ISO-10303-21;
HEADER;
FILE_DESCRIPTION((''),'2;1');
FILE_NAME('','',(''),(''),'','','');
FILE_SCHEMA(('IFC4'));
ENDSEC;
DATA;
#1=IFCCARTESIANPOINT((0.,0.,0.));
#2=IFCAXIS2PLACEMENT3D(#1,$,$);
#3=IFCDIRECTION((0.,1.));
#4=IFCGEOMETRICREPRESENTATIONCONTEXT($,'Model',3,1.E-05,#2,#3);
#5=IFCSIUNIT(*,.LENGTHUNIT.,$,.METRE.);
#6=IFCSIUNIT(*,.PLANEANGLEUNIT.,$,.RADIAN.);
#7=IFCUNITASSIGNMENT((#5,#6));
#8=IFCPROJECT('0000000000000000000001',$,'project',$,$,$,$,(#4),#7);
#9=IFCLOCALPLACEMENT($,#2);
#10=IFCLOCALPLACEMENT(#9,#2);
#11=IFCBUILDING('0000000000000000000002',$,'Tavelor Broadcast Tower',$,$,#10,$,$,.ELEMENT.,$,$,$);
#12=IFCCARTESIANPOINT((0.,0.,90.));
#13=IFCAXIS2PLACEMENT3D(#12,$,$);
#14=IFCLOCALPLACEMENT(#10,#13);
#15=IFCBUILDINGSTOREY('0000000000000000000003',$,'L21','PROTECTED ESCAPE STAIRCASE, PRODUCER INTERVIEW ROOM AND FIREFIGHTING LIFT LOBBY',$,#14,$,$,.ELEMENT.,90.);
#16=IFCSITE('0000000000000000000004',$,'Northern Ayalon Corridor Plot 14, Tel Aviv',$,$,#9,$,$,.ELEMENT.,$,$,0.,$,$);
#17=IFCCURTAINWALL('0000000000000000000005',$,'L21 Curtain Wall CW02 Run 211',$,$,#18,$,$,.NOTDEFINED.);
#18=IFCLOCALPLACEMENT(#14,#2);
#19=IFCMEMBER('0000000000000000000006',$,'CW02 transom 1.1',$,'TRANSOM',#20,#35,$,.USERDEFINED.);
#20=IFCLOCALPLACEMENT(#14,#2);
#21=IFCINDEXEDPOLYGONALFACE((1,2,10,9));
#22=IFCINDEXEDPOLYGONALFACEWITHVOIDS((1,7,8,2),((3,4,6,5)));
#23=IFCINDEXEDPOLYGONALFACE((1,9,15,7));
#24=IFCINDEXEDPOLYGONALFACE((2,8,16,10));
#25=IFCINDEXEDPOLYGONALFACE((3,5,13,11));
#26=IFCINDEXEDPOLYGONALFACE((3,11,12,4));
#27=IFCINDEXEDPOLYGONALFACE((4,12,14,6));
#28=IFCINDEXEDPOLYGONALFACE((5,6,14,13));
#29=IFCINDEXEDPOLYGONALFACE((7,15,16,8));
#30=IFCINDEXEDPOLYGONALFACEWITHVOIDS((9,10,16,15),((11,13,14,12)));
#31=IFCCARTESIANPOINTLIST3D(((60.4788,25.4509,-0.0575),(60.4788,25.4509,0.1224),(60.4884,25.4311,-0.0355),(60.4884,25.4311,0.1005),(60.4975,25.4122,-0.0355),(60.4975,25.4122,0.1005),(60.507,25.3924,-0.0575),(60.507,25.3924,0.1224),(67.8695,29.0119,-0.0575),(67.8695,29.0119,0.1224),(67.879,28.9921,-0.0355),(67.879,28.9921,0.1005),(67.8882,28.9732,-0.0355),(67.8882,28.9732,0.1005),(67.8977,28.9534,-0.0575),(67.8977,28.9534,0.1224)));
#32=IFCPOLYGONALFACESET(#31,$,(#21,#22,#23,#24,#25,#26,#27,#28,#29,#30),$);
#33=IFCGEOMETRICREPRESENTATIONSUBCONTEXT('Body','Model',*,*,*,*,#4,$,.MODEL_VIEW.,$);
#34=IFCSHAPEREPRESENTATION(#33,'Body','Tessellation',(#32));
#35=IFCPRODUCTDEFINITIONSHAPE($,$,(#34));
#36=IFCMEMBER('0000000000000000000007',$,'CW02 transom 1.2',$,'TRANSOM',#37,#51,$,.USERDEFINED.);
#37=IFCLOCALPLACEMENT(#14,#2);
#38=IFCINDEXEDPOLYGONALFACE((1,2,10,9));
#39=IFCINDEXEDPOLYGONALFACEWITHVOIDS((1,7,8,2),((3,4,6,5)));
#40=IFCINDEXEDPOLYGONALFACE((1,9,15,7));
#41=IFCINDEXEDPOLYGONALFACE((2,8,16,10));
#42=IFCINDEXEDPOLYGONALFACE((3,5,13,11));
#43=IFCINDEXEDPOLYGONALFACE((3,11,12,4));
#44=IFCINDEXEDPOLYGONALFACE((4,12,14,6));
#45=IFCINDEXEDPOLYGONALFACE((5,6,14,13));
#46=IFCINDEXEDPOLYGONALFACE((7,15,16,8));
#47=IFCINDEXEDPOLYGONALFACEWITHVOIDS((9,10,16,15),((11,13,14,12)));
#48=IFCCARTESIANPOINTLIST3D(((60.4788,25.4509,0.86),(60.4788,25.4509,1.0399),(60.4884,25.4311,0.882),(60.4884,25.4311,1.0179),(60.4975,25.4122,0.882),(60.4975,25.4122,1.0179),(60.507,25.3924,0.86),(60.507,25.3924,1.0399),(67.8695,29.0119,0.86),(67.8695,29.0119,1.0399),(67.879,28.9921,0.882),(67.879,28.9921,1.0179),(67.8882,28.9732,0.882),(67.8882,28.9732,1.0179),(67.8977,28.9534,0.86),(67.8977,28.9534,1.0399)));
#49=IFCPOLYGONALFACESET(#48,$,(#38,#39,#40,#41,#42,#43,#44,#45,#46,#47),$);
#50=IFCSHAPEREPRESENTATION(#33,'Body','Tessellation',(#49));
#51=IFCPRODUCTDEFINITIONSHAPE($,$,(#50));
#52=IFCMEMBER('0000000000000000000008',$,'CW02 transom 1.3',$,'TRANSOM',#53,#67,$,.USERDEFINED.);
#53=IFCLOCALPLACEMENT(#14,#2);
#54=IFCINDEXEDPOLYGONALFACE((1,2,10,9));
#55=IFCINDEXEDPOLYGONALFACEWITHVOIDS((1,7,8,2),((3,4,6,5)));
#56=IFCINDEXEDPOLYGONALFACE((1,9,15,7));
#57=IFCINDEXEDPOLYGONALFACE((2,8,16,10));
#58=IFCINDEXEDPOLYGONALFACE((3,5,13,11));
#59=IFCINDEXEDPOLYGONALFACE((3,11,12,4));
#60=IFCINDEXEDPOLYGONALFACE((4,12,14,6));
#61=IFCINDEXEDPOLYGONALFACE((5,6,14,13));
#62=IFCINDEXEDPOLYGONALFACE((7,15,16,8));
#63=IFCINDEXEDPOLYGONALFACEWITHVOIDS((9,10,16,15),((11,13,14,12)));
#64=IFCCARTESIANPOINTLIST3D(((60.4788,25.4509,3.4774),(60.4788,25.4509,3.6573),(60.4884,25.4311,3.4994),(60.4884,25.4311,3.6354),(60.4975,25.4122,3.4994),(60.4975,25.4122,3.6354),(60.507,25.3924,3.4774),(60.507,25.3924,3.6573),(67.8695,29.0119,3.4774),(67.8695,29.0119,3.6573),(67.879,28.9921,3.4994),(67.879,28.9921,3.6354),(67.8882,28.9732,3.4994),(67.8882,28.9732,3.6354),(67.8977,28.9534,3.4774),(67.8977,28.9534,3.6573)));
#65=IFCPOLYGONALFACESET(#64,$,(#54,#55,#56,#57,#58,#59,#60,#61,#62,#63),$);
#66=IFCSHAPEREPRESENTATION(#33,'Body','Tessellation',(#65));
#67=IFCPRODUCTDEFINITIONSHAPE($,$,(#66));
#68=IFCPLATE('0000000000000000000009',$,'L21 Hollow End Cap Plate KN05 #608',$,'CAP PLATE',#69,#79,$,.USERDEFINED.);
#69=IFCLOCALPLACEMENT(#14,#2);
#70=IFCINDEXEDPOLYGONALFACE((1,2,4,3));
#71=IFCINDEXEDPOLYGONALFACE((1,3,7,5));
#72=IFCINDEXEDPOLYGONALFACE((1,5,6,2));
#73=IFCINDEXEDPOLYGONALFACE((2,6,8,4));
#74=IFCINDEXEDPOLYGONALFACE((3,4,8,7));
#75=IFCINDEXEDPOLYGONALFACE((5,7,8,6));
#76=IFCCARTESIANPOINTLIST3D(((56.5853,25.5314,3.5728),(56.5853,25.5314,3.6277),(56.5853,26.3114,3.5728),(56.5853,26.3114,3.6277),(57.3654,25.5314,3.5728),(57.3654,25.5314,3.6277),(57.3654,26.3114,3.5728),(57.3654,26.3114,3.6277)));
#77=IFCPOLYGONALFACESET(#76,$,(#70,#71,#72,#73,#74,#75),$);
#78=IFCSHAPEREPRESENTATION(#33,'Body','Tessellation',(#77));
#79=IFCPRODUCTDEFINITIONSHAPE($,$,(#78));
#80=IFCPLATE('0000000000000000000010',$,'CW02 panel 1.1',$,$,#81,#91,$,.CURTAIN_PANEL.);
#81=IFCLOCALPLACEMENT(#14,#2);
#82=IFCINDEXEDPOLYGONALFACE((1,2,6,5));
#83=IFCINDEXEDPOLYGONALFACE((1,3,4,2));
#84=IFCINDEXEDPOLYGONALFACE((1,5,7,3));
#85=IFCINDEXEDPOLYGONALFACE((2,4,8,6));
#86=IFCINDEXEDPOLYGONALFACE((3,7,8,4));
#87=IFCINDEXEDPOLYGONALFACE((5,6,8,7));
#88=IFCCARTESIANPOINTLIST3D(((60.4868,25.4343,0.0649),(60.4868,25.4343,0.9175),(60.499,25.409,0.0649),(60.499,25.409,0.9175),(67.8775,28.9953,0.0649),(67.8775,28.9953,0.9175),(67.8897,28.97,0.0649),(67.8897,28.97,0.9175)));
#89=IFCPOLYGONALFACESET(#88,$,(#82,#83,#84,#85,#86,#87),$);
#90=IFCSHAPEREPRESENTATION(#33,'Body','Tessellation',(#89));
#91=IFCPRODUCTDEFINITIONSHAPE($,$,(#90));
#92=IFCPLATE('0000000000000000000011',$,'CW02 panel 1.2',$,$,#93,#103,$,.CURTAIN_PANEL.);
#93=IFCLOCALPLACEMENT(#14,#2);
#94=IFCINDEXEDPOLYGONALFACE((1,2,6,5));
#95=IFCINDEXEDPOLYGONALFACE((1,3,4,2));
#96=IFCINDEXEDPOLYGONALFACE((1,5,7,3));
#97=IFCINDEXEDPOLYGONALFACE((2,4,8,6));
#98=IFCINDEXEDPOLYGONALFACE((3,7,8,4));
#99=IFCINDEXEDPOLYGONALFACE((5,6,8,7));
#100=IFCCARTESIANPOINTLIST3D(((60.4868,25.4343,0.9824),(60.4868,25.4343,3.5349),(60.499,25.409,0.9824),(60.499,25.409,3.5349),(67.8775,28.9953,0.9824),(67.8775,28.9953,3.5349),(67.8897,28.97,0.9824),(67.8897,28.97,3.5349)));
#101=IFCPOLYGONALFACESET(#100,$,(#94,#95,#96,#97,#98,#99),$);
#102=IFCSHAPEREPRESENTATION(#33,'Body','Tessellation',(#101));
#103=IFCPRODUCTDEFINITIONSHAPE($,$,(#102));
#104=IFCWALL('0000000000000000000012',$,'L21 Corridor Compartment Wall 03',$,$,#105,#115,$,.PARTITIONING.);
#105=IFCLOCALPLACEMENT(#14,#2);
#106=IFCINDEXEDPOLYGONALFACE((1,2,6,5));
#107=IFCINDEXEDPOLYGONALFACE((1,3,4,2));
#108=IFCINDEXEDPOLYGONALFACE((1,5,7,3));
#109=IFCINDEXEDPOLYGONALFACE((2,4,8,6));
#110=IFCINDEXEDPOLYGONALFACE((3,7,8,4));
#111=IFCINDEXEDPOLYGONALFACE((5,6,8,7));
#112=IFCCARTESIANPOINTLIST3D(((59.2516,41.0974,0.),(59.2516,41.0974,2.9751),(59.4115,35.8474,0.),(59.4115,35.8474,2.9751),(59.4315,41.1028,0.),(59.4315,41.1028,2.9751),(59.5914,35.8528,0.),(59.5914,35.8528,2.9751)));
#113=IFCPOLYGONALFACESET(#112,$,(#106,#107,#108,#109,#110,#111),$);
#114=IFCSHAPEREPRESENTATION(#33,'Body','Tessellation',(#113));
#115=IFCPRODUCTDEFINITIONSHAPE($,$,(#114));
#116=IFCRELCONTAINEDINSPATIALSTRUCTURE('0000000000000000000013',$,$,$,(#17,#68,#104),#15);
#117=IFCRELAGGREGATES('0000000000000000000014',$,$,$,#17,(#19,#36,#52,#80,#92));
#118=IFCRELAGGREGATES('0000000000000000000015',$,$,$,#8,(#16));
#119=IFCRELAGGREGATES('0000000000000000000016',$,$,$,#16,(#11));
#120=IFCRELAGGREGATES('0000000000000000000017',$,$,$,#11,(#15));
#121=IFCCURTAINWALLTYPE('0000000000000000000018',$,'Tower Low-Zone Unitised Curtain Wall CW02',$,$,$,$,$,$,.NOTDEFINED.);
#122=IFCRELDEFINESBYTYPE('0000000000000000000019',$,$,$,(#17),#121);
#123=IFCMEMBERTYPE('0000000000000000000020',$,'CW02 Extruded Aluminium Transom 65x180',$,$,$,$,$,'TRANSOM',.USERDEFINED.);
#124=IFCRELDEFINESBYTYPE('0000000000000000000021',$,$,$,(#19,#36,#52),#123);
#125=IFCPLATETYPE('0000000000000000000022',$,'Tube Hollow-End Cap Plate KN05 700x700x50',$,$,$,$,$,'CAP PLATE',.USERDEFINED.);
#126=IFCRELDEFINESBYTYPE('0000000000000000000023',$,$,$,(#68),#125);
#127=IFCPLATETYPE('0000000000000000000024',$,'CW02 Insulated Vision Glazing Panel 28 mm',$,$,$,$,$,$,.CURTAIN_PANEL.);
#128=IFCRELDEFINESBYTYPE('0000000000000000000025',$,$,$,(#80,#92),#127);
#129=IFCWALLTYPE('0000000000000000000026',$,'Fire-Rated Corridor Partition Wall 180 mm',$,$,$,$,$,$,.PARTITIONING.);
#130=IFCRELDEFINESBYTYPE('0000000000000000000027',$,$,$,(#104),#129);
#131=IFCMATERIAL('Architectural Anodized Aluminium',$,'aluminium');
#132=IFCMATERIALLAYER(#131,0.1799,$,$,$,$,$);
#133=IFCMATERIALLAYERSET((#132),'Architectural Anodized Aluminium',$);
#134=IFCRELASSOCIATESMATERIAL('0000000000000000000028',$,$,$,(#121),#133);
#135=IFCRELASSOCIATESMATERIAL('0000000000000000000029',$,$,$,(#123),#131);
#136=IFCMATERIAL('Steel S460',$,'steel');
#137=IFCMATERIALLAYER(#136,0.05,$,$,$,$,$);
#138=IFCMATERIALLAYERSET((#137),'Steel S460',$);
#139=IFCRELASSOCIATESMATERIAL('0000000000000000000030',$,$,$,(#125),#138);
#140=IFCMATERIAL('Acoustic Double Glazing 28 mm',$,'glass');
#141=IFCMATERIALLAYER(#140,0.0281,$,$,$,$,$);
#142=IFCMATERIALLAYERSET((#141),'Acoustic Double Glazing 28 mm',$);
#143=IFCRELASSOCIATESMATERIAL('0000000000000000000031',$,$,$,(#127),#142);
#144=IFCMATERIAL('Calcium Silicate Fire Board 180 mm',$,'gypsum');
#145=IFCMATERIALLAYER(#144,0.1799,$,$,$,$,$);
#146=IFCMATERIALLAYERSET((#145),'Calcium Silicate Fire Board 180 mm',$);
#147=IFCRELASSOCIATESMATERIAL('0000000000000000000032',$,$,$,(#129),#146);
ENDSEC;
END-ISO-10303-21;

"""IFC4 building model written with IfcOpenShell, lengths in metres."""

from ifc_helpers import new_model, si_unit, direction, frame, frame_2d, origin, origin_2d, place, context, subcontext, project, spatial, rectangle, hollow_rectangle, extrude, source, transform, mapped, material, layer, layer_set, material_profile, profile_set, type_object, type_shapes, element, aggregate, save


model = new_model("IFC4")

# Units and contexts
model_context = context("Model", 3, precision=1e-05, world=origin(), true_north=direction((0.0, 1.0)))
body_context = subcontext(model_context, "Body", "Model", "MODEL_VIEW")
ifc_project = project(units=[si_unit("LENGTHUNIT", "METRE"), si_unit("PLANEANGLEUNIT", "RADIAN")], contexts=[model_context])

# Site, building, storey
site_placement = place(None, origin())
site = spatial("IfcSite", under=ifc_project, at=site_placement, Name="Northern Ayalon Corridor Plot 14, Tel Aviv", CompositionType="ELEMENT", RefElevation=0.0)
building_placement = place(site_placement, origin())
building = spatial("IfcBuilding", under=site, at=building_placement, Name="Tavelor Broadcast Tower", CompositionType="ELEMENT")
storey_placement = place(building_placement, frame((0.0, 0.0, 90.0)))
storey = spatial("IfcBuildingStorey", under=building, at=storey_placement, Name="L21", Description="PROTECTED ESCAPE STAIRCASE, PRODUCER INTERVIEW ROOM AND FIREFIGHTING LIFT LOBBY", CompositionType="ELEMENT", Elevation=90.0)

# Shared definitions
ifc_material_1 = material(Name="Steel S460", Category="steel")

# Shared definitions
ifc_material_2 = material(Name="Architectural Anodized Aluminium", Category="aluminium")
ifc_layer_1 = layer(ifc_material_2, 0.1799)
ifc_layer_set_1 = layer_set([ifc_layer_1], Name="Architectural Anodized Aluminium")
curtain_wall_type = type_object("IfcCurtainWallType", Name="Tower Low-Zone Unitised Curtain Wall CW02", PredefinedType="NOTDEFINED", material=ifc_layer_set_1)

# Curtain wall, members
curtain_wall_1_placement = place(storey_placement, origin())
curtain_wall_1 = element("IfcCurtainWall", 1, at=curtain_wall_1_placement, inside=storey, type_object=curtain_wall_type, Name="L21 Curtain Wall CW02 Run 211", PredefinedType="NOTDEFINED")
ifc_material_profile_1 = material_profile(ifc_material_2, hollow_rectangle(XDim=0.0649, YDim=0.1799, WallThickness=0.022, at=origin_2d()), Name="RHS 65x180x22")
ifc_profile_set_1 = profile_set([ifc_material_profile_1], Name="Architectural Anodized Aluminium")
member_type_1 = type_object("IfcMemberType", Name="CW02 Extruded Aluminium Transom 65x180", ElementType="TRANSOM", PredefinedType="USERDEFINED", material=ifc_profile_set_1)
shared_shape_1 = source(origin(), body_context, "Body", "SweptSolid", [
    extrude(hollow_rectangle(XDim=0.0649, YDim=0.1799, WallThickness=0.022, at=origin_2d()), origin(), (0.0, 0.0, 1.0), 8.2039),
])
type_shapes(member_type_1, [shared_shape_1])
member_1_placement = place(storey_placement, frame((60.4929, 25.4216, 0.0325), z_axis=(0.900878, 0.434072, 0.0), x_axis=(-0.434072, 0.900878, 0.0)))
member_1 = element("IfcMember", 2, at=member_1_placement, type_object=member_type_1, Name="CW02 transom 1.1", ObjectType="TRANSOM", PredefinedType="USERDEFINED", context=body_context, shape_type="MappedRepresentation", body=[
    mapped(shared_shape_1, transform((0.0, 0.0, 0.0), scale=1.0)),
])
member_2_placement = place(storey_placement, frame((60.4929, 25.4216, 0.95), z_axis=(0.900878, 0.434072, 0.0), x_axis=(-0.434072, 0.900878, 0.0)))
member_2 = element("IfcMember", 3, at=member_2_placement, type_object=member_type_1, Name="CW02 transom 1.2", ObjectType="TRANSOM", PredefinedType="USERDEFINED", context=body_context, shape_type="MappedRepresentation", body=[
    mapped(shared_shape_1, transform((0.0, 0.0, 0.0), scale=1.0)),
])
member_3_placement = place(storey_placement, frame((60.4929, 25.4216, 3.5674), z_axis=(0.900878, 0.434072, 0.0), x_axis=(-0.434072, 0.900878, 0.0)))
member_3 = element("IfcMember", 4, at=member_3_placement, type_object=member_type_1, Name="CW02 transom 1.3", ObjectType="TRANSOM", PredefinedType="USERDEFINED", context=body_context, shape_type="MappedRepresentation", body=[
    mapped(shared_shape_1, transform((0.0, 0.0, 0.0), scale=1.0)),
])

# Plates
ifc_layer_2 = layer(ifc_material_1, 0.05)
ifc_layer_set_2 = layer_set([ifc_layer_2], Name="Steel S460")
plate_type_1 = type_object("IfcPlateType", Name="Tube Hollow-End Cap Plate KN05 700x700x50", ElementType="CAP PLATE", PredefinedType="USERDEFINED", material=ifc_layer_set_2)
shared_shape_2 = source(origin(), body_context, "Body", "SweptSolid", [
    extrude(rectangle(XDim=0.78, YDim=0.78, at=origin_2d()), origin(), (0.0, 0.0, 1.0), 0.0549),
])
type_shapes(plate_type_1, [shared_shape_2])
plate_1_placement = place(storey_placement, frame((56.9753, 25.9214, 3.5728), z_axis=(0.0, 0.0, 1.0), x_axis=(1.0, 0.0, 0.0)))
element("IfcPlate", 5, at=plate_1_placement, inside=storey, type_object=plate_type_1, Name="L21 Hollow End Cap Plate KN05 #608", ObjectType="CAP PLATE", PredefinedType="USERDEFINED", context=body_context, shape_type="MappedRepresentation", body=[
    mapped(shared_shape_2, transform((0.0, 0.0, 0.0), scale=1.0)),
])
ifc_material_3 = material(Name="Acoustic Double Glazing 28 mm", Category="glass")
ifc_layer_3 = layer(ifc_material_3, 0.0281)
ifc_layer_set_3 = layer_set([ifc_layer_3], Name="Acoustic Double Glazing 28 mm")
plate_type_2 = type_object("IfcPlateType", Name="CW02 Insulated Vision Glazing Panel 28 mm", PredefinedType="CURTAIN_PANEL", material=ifc_layer_set_3)
shared_shape_3 = source(origin(), body_context, "Body", "SweptSolid", [
    extrude(rectangle(XDim=8.2039, YDim=0.0281, at=origin_2d()), origin(), (0.0, 0.0, 1.0), 0.8525),
])
plate_2_placement = place(storey_placement, frame((64.1882, 27.2021, 0.0649), z_axis=(0.0, 0.0, 1.0), x_axis=(0.90088, 0.434067, 0.0)))
plate_2 = element("IfcPlate", 6, at=plate_2_placement, type_object=plate_type_2, Name="CW02 panel 1.1", PredefinedType="CURTAIN_PANEL", context=body_context, shape_type="MappedRepresentation", body=[
    mapped(shared_shape_3, transform((0.0, 0.0, 0.0), scale=1.0)),
])
shared_shape_4 = source(origin(), body_context, "Body", "SweptSolid", [
    extrude(rectangle(XDim=8.2039, YDim=0.0281, at=origin_2d()), origin(), (0.0, 0.0, 1.0), 2.5525),
])
type_shapes(plate_type_2, [shared_shape_3, shared_shape_4])
plate_3_placement = place(storey_placement, frame((64.1882, 27.2021, 0.9824), z_axis=(0.0, 0.0, 1.0), x_axis=(0.90088, 0.434067, 0.0)))
plate_3 = element("IfcPlate", 7, at=plate_3_placement, type_object=plate_type_2, Name="CW02 panel 1.2", PredefinedType="CURTAIN_PANEL", context=body_context, shape_type="MappedRepresentation", body=[
    mapped(shared_shape_4, transform((0.0, 0.0, 0.0), scale=1.0)),
])
aggregate(curtain_wall_1, [member_1, member_2, member_3, plate_2, plate_3])

# Wall
ifc_material_4 = material(Name="Calcium Silicate Fire Board 180 mm", Category="gypsum")
ifc_layer_4 = layer(ifc_material_4, 0.1799)
ifc_layer_set_4 = layer_set([ifc_layer_4], Name="Calcium Silicate Fire Board 180 mm")
wall_type_1 = type_object("IfcWallType", Name="Fire-Rated Corridor Partition Wall 180 mm", PredefinedType="PARTITIONING", material=ifc_layer_set_4)
wall_1_placement = place(storey_placement, frame((59.3416, 41.1001, 0.0), z_axis=(0.0, 0.0, 1.0), x_axis=(0.030445, -0.999536, 0.0)))
element("IfcWall", 8, at=wall_1_placement, inside=storey, type_object=wall_type_1, Name="L21 Corridor Compartment Wall 03", PredefinedType="PARTITIONING", context=body_context, shape_type="SweptSolid", body=[
    extrude(rectangle(XDim=5.2524, YDim=0.1799, at=frame_2d((2.6262, 0.0))), origin(), (0.0, 0.0, 1.0), 2.9751),
])

save(model, "model.ifc")
